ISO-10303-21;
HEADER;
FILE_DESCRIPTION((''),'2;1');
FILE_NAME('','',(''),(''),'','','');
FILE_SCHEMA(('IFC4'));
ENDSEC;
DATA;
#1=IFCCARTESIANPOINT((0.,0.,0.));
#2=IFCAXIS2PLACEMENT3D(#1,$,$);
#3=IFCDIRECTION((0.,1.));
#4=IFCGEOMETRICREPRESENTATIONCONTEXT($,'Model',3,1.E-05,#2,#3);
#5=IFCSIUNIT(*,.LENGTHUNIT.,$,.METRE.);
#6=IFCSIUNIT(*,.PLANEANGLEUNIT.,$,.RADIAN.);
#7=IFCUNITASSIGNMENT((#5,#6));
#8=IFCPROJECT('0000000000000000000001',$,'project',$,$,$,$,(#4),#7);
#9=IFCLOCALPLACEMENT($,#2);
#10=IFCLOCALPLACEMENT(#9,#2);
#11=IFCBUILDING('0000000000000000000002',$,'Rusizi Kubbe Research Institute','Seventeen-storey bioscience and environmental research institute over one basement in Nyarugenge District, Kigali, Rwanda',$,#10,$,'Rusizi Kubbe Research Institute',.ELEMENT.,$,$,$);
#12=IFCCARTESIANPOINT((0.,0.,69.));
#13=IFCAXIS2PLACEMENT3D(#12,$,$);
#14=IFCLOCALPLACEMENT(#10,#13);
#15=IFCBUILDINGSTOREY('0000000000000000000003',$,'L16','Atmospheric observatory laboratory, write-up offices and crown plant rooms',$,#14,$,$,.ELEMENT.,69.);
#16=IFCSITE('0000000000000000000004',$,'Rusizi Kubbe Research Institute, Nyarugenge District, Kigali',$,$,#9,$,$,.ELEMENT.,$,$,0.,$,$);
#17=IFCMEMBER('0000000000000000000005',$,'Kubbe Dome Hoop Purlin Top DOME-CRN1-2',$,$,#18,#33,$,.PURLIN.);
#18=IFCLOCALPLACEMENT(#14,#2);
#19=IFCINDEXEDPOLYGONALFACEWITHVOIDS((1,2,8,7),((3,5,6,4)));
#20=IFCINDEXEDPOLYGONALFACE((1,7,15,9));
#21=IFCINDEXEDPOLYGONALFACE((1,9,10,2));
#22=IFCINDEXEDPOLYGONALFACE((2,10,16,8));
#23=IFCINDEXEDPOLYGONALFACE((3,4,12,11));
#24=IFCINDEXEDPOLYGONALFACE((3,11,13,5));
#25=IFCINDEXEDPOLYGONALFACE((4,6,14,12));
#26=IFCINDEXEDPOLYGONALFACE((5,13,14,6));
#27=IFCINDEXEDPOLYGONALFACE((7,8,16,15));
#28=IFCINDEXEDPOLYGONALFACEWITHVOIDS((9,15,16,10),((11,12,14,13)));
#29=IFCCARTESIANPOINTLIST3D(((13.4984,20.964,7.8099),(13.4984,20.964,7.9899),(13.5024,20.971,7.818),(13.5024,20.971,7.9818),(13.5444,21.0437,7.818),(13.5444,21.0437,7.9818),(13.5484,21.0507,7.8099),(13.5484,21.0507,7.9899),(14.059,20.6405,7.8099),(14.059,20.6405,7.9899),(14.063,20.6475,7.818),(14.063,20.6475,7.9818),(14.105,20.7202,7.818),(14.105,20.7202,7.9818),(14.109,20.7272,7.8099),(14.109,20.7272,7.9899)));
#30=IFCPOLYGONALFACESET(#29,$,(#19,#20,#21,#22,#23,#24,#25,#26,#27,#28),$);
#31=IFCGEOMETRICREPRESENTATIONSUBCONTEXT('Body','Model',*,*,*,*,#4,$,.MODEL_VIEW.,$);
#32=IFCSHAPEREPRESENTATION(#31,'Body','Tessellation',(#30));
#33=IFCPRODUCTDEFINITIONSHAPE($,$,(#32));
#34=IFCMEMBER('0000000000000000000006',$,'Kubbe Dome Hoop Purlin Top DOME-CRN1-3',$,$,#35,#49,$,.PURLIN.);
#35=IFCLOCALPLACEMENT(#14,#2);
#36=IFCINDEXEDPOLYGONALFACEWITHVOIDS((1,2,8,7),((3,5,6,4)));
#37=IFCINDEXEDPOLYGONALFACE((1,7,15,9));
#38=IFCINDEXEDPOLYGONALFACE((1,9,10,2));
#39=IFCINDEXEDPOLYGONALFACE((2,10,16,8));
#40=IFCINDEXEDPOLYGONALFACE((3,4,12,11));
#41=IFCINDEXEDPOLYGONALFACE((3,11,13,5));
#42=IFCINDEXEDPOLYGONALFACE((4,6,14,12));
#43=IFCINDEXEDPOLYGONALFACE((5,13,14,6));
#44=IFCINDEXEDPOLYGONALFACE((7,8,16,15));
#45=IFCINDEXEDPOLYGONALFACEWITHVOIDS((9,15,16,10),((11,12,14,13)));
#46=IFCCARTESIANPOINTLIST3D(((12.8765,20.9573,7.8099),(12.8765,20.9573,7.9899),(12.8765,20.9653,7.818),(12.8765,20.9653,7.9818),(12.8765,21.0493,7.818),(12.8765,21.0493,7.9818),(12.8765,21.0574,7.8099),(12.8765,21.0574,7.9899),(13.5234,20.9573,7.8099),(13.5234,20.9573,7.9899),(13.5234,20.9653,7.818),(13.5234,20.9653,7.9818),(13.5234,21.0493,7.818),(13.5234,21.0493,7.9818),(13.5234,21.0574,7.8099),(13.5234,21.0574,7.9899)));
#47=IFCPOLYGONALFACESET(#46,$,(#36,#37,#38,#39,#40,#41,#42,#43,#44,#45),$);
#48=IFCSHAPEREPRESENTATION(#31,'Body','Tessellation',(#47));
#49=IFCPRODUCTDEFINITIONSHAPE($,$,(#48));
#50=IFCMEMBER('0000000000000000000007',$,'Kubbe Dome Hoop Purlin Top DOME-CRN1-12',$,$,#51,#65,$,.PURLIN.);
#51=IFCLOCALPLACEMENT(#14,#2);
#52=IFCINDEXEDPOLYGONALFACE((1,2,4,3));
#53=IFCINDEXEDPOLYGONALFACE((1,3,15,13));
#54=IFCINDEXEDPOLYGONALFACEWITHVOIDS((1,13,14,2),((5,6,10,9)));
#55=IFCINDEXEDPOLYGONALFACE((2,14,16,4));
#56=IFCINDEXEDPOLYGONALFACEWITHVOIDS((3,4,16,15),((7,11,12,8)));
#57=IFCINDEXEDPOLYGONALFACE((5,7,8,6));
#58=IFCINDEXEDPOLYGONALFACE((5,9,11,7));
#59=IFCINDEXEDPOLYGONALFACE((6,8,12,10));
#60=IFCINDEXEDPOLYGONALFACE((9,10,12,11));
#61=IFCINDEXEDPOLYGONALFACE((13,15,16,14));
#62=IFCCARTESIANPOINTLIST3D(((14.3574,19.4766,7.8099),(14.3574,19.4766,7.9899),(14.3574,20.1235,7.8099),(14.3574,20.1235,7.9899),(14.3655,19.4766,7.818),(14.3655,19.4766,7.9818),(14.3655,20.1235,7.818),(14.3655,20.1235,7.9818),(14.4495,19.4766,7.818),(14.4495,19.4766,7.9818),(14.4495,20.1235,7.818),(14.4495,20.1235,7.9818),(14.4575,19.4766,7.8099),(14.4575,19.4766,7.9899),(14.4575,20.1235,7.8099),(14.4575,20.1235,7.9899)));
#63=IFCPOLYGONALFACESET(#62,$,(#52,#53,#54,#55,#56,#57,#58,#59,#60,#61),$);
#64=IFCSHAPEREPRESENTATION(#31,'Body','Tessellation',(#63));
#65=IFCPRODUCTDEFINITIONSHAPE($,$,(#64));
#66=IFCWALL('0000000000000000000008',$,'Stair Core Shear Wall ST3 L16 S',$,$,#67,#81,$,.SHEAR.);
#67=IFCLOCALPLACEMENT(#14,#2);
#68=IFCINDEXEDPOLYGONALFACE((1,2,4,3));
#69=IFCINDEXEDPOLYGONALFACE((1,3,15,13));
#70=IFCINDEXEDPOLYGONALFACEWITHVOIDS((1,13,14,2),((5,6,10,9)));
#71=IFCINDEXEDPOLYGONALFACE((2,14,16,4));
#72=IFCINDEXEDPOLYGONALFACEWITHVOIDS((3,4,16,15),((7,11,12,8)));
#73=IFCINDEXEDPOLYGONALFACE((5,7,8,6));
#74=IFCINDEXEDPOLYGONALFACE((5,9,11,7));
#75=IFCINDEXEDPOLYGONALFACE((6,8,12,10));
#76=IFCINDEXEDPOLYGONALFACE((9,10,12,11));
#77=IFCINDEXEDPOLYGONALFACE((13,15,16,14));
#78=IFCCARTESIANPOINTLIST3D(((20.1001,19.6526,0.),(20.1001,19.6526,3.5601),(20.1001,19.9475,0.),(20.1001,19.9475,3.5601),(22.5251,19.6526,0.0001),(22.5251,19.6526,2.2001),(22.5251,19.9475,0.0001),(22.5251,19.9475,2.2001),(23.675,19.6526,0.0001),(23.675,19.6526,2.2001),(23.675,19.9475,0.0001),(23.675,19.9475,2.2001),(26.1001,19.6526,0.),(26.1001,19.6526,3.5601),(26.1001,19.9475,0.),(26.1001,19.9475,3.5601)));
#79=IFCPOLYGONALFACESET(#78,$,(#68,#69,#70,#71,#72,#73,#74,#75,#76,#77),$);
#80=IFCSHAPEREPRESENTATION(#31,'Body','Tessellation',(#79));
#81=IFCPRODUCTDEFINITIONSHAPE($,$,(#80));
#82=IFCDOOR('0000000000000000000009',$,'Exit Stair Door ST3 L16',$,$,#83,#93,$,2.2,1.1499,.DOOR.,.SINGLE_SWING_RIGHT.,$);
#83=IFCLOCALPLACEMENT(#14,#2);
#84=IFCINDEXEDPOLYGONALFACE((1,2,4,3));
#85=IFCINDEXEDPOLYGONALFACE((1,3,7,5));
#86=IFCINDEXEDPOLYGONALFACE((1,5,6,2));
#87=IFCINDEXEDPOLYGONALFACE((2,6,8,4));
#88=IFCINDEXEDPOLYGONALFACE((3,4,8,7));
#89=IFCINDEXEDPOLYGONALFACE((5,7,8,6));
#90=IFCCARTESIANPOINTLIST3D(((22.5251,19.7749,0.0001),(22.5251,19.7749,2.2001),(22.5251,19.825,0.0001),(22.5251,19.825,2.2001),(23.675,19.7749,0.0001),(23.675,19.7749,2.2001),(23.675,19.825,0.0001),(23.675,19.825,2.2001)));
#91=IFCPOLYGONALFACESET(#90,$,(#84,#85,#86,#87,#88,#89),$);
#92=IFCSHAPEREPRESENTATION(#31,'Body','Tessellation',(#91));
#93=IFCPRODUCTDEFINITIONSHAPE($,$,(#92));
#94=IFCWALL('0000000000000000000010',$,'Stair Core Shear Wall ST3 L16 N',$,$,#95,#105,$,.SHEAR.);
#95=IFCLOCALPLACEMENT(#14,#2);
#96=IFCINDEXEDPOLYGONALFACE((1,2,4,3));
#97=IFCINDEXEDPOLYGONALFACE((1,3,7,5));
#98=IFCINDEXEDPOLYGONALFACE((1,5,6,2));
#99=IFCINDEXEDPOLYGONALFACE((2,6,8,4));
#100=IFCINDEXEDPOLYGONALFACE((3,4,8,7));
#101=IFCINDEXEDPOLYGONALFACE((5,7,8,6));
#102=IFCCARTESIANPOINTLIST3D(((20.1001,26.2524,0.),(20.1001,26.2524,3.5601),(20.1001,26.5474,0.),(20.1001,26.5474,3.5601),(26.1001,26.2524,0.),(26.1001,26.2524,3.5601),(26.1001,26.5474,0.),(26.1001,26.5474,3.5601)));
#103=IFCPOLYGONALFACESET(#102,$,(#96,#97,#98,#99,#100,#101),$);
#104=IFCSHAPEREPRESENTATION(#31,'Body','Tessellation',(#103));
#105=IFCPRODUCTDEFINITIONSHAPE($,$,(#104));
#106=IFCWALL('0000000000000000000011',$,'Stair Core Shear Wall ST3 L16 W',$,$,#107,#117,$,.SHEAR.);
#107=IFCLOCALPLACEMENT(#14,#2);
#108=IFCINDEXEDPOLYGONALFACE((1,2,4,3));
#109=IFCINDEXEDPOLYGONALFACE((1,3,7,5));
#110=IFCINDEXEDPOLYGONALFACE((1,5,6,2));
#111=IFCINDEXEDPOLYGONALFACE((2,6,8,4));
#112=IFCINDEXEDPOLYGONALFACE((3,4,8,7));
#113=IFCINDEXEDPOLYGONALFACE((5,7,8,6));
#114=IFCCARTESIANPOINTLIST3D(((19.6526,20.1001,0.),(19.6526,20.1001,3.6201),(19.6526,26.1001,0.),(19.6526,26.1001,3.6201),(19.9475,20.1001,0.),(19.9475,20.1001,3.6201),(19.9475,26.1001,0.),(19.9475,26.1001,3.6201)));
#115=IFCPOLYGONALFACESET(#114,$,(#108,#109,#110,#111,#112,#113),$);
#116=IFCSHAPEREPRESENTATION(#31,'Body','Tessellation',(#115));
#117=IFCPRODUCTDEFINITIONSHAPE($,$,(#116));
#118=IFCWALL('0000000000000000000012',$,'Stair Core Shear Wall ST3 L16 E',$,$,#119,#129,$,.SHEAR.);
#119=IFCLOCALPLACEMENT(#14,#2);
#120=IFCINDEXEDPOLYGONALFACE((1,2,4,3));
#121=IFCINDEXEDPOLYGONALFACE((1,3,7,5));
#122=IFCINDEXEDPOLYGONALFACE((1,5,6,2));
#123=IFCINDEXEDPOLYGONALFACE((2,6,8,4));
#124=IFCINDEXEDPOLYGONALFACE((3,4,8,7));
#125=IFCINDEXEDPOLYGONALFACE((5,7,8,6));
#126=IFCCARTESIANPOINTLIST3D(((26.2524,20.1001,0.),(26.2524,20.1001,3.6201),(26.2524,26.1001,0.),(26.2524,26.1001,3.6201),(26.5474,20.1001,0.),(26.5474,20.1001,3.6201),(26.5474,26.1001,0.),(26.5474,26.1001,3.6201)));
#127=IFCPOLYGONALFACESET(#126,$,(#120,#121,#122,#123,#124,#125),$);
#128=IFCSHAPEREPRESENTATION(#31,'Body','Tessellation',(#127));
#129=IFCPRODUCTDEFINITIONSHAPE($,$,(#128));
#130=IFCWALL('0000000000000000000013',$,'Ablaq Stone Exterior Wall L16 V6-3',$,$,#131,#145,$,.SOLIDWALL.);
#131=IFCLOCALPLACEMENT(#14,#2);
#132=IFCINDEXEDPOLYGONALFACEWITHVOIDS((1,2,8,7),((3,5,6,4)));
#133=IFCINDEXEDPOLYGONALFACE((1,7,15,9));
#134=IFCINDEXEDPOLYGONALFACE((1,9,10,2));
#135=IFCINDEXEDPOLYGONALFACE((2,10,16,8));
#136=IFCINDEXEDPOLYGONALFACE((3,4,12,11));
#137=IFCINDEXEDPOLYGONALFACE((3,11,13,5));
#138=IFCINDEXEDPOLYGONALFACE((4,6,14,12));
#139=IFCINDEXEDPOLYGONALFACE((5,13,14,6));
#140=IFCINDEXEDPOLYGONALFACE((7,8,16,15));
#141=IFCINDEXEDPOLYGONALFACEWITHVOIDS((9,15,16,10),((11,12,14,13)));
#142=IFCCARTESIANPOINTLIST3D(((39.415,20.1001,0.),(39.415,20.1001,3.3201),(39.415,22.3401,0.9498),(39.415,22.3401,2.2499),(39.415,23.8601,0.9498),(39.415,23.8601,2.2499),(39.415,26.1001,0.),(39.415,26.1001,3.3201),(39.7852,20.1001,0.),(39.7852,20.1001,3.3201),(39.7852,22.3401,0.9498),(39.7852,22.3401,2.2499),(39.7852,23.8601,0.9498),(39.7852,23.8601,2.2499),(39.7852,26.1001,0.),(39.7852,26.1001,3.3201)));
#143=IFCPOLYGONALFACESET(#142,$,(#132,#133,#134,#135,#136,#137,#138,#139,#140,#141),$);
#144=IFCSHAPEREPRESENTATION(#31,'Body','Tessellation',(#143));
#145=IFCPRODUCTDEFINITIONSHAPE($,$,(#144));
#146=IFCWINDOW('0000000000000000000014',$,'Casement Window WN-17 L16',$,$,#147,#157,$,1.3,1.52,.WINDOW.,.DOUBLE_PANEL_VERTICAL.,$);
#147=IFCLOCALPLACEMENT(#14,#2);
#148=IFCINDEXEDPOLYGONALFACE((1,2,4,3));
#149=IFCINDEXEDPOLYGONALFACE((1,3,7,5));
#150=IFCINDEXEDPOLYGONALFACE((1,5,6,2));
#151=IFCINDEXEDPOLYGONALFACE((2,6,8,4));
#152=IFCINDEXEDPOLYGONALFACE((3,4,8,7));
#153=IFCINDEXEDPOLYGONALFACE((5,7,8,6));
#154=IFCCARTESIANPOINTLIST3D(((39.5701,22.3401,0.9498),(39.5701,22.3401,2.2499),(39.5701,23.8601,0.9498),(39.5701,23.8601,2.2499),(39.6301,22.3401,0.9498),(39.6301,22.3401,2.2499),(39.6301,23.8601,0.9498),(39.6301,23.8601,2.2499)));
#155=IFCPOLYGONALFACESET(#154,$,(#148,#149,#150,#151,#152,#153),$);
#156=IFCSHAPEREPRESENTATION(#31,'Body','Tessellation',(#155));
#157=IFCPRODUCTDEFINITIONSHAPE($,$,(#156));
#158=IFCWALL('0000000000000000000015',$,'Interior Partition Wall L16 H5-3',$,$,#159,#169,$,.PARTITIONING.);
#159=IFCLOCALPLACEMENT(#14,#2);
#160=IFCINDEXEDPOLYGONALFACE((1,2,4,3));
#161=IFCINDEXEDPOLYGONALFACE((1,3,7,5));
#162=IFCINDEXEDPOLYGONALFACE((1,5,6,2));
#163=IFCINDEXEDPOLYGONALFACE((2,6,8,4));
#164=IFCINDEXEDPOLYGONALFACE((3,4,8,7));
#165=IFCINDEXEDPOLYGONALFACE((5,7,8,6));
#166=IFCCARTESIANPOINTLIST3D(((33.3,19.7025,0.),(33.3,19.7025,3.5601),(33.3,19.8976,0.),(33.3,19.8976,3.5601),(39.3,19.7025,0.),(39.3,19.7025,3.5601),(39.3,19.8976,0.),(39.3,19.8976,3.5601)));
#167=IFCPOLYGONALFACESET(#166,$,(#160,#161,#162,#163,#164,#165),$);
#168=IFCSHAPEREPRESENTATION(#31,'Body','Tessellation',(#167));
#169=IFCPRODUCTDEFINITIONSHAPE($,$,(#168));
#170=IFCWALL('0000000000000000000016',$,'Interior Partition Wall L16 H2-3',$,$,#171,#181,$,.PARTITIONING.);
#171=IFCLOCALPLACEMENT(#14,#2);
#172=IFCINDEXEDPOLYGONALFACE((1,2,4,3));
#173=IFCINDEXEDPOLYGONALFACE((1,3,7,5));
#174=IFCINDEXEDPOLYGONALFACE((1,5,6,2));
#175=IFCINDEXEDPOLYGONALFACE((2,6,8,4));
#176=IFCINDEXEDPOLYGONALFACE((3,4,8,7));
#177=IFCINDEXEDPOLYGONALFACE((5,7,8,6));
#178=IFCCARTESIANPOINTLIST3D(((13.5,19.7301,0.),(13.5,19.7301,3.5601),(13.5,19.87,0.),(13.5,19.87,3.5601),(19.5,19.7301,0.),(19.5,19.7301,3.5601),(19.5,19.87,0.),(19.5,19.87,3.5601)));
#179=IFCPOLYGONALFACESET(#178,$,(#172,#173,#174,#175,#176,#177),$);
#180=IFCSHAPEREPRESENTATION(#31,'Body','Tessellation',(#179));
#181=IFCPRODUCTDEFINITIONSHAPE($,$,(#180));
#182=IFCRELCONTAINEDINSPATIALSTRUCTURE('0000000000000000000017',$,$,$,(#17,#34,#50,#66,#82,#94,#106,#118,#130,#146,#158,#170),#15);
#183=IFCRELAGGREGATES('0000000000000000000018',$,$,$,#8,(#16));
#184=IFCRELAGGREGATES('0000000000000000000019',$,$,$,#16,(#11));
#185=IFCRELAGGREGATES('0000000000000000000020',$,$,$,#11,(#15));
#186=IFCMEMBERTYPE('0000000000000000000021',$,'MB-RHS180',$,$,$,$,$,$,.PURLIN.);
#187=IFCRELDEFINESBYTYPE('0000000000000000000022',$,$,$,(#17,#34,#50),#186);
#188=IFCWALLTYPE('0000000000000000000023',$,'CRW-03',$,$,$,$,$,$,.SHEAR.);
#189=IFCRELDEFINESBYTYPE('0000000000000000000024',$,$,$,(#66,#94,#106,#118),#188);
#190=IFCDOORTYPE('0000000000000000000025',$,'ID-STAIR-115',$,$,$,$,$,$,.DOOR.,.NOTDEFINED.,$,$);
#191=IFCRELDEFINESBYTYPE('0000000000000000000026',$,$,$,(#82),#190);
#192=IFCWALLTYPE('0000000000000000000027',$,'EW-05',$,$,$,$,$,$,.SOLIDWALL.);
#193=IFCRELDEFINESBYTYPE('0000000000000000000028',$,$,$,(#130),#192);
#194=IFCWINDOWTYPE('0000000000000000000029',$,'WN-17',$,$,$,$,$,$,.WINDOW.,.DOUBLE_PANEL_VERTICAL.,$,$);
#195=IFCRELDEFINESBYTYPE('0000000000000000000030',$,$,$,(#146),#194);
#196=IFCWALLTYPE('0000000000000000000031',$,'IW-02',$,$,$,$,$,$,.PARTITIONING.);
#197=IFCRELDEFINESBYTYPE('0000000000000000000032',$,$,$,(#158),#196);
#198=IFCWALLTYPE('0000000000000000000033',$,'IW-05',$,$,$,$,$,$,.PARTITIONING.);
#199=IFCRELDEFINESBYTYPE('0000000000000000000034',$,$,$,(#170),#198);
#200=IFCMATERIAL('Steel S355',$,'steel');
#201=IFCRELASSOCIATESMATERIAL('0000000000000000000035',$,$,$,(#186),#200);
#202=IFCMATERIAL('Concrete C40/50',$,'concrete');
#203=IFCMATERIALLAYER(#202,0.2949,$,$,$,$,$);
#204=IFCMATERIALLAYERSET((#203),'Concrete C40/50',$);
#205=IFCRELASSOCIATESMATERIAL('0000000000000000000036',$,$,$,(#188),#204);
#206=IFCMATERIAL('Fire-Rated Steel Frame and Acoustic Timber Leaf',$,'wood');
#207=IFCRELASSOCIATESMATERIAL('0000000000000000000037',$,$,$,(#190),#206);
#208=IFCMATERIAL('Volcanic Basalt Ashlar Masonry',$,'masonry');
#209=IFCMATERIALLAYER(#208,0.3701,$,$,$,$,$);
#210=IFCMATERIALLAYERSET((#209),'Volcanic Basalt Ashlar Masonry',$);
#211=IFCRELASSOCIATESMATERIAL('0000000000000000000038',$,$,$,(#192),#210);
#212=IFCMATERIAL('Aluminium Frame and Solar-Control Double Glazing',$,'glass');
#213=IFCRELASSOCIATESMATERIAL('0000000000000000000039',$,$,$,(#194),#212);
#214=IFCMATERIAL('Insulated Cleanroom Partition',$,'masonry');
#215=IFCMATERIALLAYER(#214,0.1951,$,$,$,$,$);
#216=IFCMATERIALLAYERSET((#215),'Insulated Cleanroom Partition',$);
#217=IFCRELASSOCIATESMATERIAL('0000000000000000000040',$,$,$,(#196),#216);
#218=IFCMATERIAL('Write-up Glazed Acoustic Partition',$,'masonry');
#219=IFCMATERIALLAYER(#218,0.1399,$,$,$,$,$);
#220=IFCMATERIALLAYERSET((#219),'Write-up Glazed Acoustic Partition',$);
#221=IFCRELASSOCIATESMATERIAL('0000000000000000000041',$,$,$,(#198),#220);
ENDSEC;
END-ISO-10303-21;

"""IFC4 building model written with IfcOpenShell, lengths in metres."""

from ifc_helpers import new_model, si_unit, direction, frame, frame_2d, origin, origin_2d, place, context, subcontext, project, spatial, rectangle, hollow_rectangle, extrude, material, layer, layer_set, material_profile, profile_set, type_object, element, fill, save


model = new_model("IFC4")

# Units and contexts
model_context = context("Model", 3, precision=1e-05, world=origin(), true_north=direction((0.0, 1.0)))
body_context = subcontext(model_context, "Body", "Model", "MODEL_VIEW")
ifc_project = project(units=[si_unit("LENGTHUNIT", "METRE"), si_unit("PLANEANGLEUNIT", "RADIAN")], contexts=[model_context])

# Site, building, storey
site_placement = place(None, origin())
site = spatial("IfcSite", under=ifc_project, at=site_placement, Name="Rusizi Kubbe Research Institute, Nyarugenge District, Kigali", CompositionType="ELEMENT", RefElevation=0.0)
building_placement = place(site_placement, origin())
building = spatial("IfcBuilding", under=site, at=building_placement, Name="Rusizi Kubbe Research Institute", Description="Seventeen-storey bioscience and environmental research institute over one basement in Nyarugenge District, Kigali, Rwanda", LongName="Rusizi Kubbe Research Institute", CompositionType="ELEMENT")
storey_placement = place(building_placement, frame((0.0, 0.0, 69.0)))
storey = spatial("IfcBuildingStorey", under=building, at=storey_placement, Name="L16", Description="Atmospheric observatory laboratory, write-up offices and crown plant rooms", CompositionType="ELEMENT", Elevation=69.0)

# Members
ifc_material_1 = material(Name="Steel S355", Category="steel")
ifc_material_profile_1 = material_profile(ifc_material_1, hollow_rectangle(XDim=0.1001, YDim=0.1799, WallThickness=0.0081, at=origin_2d()), Name="RHS 180x100x8.0")
ifc_profile_set_1 = profile_set([ifc_material_profile_1], Name="Steel S355")
member_type = type_object("IfcMemberType", Name="MB-RHS180", PredefinedType="PURLIN", material=ifc_profile_set_1)
member_1_placement = place(storey_placement, frame((14.084, 20.6838, 7.8999), z_axis=(-0.866123, 0.499831, 0.0), x_axis=(-0.499831, -0.866123, 0.0)))
element("IfcMember", 1, at=member_1_placement, inside=storey, type_object=member_type, Name="Kubbe Dome Hoop Purlin Top DOME-CRN1-2", PredefinedType="PURLIN", context=body_context, shape_type="SweptSolid", body=[
    extrude(hollow_rectangle(XDim=0.1001, YDim=0.1799, WallThickness=0.0081, at=origin_2d()), origin(), (0.0, 0.0, 1.0), 0.6472),
])
for number, where, z_axis, x_axis, name in (
    (2, (13.5234, 21.0073, 7.8999), (-1.0, 0.0, 0.0), (0.0, -1.0, 0.0), "Kubbe Dome Hoop Purlin Top DOME-CRN1-3"),
    (3, (14.4075, 19.4766, 7.8999), (0.0, 1.0, 0.0), (-1.0, 0.0, 0.0), "Kubbe Dome Hoop Purlin Top DOME-CRN1-12"),
):
    element("IfcMember", number, at=place(storey_placement, frame(where, z_axis=z_axis, x_axis=x_axis)), inside=storey, type_object=member_type, Name=name, PredefinedType="PURLIN", context=body_context, shape_type="SweptSolid", body=[
        extrude(hollow_rectangle(XDim=0.1001, YDim=0.1799, WallThickness=0.0081, at=origin_2d()), origin(), (0.0, 0.0, 1.0), 0.647),
    ])

# Wall, opening, door
ifc_material_2 = material(Name="Concrete C40/50", Category="concrete")
ifc_layer_1 = layer(ifc_material_2, 0.2949)
ifc_layer_set_1 = layer_set([ifc_layer_1], Name="Concrete C40/50")
wall_type_1 = type_object("IfcWallType", Name="CRW-03", PredefinedType="SHEAR", material=ifc_layer_set_1)
wall_1_placement = place(storey_placement, frame((20.1001, 19.8, 0.0), z_axis=(0.0, 0.0, 1.0), x_axis=(1.0, 0.0, 0.0)))
wall_1 = element("IfcWall", 4, at=wall_1_placement, inside=storey, type_object=wall_type_1, Name="Stair Core Shear Wall ST3 L16 S", PredefinedType="SHEAR", context=body_context, shape_type="SweptSolid", body=[
    extrude(rectangle(XDim=6.0, YDim=0.2949, at=frame_2d((3.0, 0.0))), origin(), (0.0, 0.0, 1.0), 3.5601),
])
opening_1_placement = place(wall_1_placement, frame((2.425, 0.0, 0.0)))
opening_1 = element("IfcOpeningElement", 5, at=opening_1_placement, cuts=wall_1, PredefinedType="OPENING", context=body_context, shape_type="SweptSolid", body=[
    extrude(rectangle(XDim=1.1499, YDim=2.2, at=frame_2d((0.575, 1.1001))), frame((0.0, 0.1575, 0.0), z_axis=(0.0, -1.0, 0.0), x_axis=(1.0, 0.0, 0.0)), (0.0, 0.0, 1.0), 0.3149),
])
ifc_material_3 = material(Name="Fire-Rated Steel Frame and Acoustic Timber Leaf", Category="wood")
door_type_1 = type_object("IfcDoorType", Name="ID-STAIR-115", OperationType="NOTDEFINED", PredefinedType="DOOR", material=ifc_material_3)
door_1_placement = place(opening_1_placement, origin())
door_1 = element("IfcDoor", 6, at=door_1_placement, inside=storey, type_object=door_type_1, Name="Exit Stair Door ST3 L16", OperationType="SINGLE_SWING_RIGHT", OverallHeight=2.2, OverallWidth=1.1499, PredefinedType="DOOR", context=body_context, shape_type="SweptSolid", body=[
    extrude(rectangle(XDim=1.1499, YDim=2.2, at=frame_2d((0.575, 1.1001))), frame((0.0, 0.0249, 0.0), z_axis=(0.0, -1.0, 0.0), x_axis=(1.0, 0.0, 0.0)), (0.0, 0.0, 1.0), 0.05),
])
fill(opening_1, door_1)

# Walls
wall_2_placement = place(storey_placement, frame((20.1001, 26.3999, 0.0), z_axis=(0.0, 0.0, 1.0), x_axis=(1.0, 0.0, 0.0)))
element("IfcWall", 7, at=wall_2_placement, inside=storey, type_object=wall_type_1, Name="Stair Core Shear Wall ST3 L16 N", PredefinedType="SHEAR", context=body_context, shape_type="SweptSolid", body=[
    extrude(rectangle(XDim=6.0, YDim=0.2949, at=frame_2d((3.0, 0.0))), origin(), (0.0, 0.0, 1.0), 3.5601),
])
for number, where, z_axis, x_axis, name in (
    (8, (19.8, 20.1001, 0.0), (0.0, 0.0, 1.0), (0.0, 1.0, 0.0), "Stair Core Shear Wall ST3 L16 W"),
    (9, (26.3999, 20.1001, 0.0), (0.0, 0.0, 1.0), (0.0, 1.0, 0.0), "Stair Core Shear Wall ST3 L16 E"),
):
    element("IfcWall", number, at=place(storey_placement, frame(where, z_axis=z_axis, x_axis=x_axis)), inside=storey, type_object=wall_type_1, Name=name, PredefinedType="SHEAR", context=body_context, shape_type="SweptSolid", body=[
        extrude(rectangle(XDim=6.0, YDim=0.2949, at=frame_2d((3.0, 0.0))), origin(), (0.0, 0.0, 1.0), 3.6201),
    ])

# Wall, opening, window
ifc_material_4 = material(Name="Volcanic Basalt Ashlar Masonry", Category="masonry")
ifc_layer_2 = layer(ifc_material_4, 0.3701)
ifc_layer_set_2 = layer_set([ifc_layer_2], Name="Volcanic Basalt Ashlar Masonry")
wall_type_2 = type_object("IfcWallType", Name="EW-05", PredefinedType="SOLIDWALL", material=ifc_layer_set_2)
wall_3_placement = place(storey_placement, frame((39.6001, 20.1001, 0.0), z_axis=(0.0, 0.0, 1.0), x_axis=(0.0, 1.0, 0.0)))
wall_3 = element("IfcWall", 10, at=wall_3_placement, inside=storey, type_object=wall_type_2, Name="Ablaq Stone Exterior Wall L16 V6-3", PredefinedType="SOLIDWALL", context=body_context, shape_type="SweptSolid", body=[
    extrude(rectangle(XDim=6.0, YDim=0.3701, at=frame_2d((3.0, 0.0))), origin(), (0.0, 0.0, 1.0), 3.3201),
])
opening_2_placement = place(wall_3_placement, frame((2.24, 0.0, 0.95)))
opening_2 = element("IfcOpeningElement", 11, at=opening_2_placement, cuts=wall_3, PredefinedType="OPENING", context=body_context, shape_type="SweptSolid", body=[
    extrude(rectangle(XDim=1.52, YDim=1.3, at=frame_2d((0.76, 0.6499))), frame((0.0, 0.1951, 0.0), z_axis=(0.0, -1.0, 0.0), x_axis=(1.0, 0.0, 0.0)), (0.0, 0.0, 1.0), 0.3901),
])
ifc_material_5 = material(Name="Aluminium Frame and Solar-Control Double Glazing", Category="glass")
window_type = type_object("IfcWindowType", Name="WN-17", PartitioningType="DOUBLE_PANEL_VERTICAL", PredefinedType="WINDOW", material=ifc_material_5)
window_placement = place(opening_2_placement, origin())
window = element("IfcWindow", 12, at=window_placement, inside=storey, type_object=window_type, Name="Casement Window WN-17 L16", OverallHeight=1.3, OverallWidth=1.52, PartitioningType="DOUBLE_PANEL_VERTICAL", PredefinedType="WINDOW", context=body_context, shape_type="SweptSolid", body=[
    extrude(rectangle(XDim=1.52, YDim=1.3, at=frame_2d((0.76, 0.6499))), frame((0.0, 0.03, 0.0), z_axis=(0.0, -1.0, 0.0), x_axis=(1.0, 0.0, 0.0)), (0.0, 0.0, 1.0), 0.0601),
])
fill(opening_2, window)

# Walls
ifc_material_6 = material(Name="Insulated Cleanroom Partition", Category="masonry")
ifc_layer_3 = layer(ifc_material_6, 0.1951)
ifc_layer_set_3 = layer_set([ifc_layer_3], Name="Insulated Cleanroom Partition")
wall_type_3 = type_object("IfcWallType", Name="IW-02", PredefinedType="PARTITIONING", material=ifc_layer_set_3)
wall_4_placement = place(storey_placement, frame((33.3, 19.8, 0.0), z_axis=(0.0, 0.0, 1.0), x_axis=(1.0, 0.0, 0.0)))
element("IfcWall", 13, at=wall_4_placement, inside=storey, type_object=wall_type_3, Name="Interior Partition Wall L16 H5-3", PredefinedType="PARTITIONING", context=body_context, shape_type="SweptSolid", body=[
    extrude(rectangle(XDim=6.0, YDim=0.1951, at=frame_2d((3.0, 0.0))), origin(), (0.0, 0.0, 1.0), 3.5601),
])
ifc_material_7 = material(Name="Write-up Glazed Acoustic Partition", Category="masonry")
ifc_layer_4 = layer(ifc_material_7, 0.1399)
ifc_layer_set_4 = layer_set([ifc_layer_4], Name="Write-up Glazed Acoustic Partition")
wall_type_4 = type_object("IfcWallType", Name="IW-05", PredefinedType="PARTITIONING", material=ifc_layer_set_4)
wall_5_placement = place(storey_placement, frame((13.5, 19.8, 0.0), z_axis=(0.0, 0.0, 1.0), x_axis=(1.0, 0.0, 0.0)))
element("IfcWall", 14, at=wall_5_placement, inside=storey, type_object=wall_type_4, Name="Interior Partition Wall L16 H2-3", PredefinedType="PARTITIONING", context=body_context, shape_type="SweptSolid", body=[
    extrude(rectangle(XDim=6.0, YDim=0.1399, at=frame_2d((3.0, 0.0))), origin(), (0.0, 0.0, 1.0), 3.5601),
])

save(model, "model.ifc")
